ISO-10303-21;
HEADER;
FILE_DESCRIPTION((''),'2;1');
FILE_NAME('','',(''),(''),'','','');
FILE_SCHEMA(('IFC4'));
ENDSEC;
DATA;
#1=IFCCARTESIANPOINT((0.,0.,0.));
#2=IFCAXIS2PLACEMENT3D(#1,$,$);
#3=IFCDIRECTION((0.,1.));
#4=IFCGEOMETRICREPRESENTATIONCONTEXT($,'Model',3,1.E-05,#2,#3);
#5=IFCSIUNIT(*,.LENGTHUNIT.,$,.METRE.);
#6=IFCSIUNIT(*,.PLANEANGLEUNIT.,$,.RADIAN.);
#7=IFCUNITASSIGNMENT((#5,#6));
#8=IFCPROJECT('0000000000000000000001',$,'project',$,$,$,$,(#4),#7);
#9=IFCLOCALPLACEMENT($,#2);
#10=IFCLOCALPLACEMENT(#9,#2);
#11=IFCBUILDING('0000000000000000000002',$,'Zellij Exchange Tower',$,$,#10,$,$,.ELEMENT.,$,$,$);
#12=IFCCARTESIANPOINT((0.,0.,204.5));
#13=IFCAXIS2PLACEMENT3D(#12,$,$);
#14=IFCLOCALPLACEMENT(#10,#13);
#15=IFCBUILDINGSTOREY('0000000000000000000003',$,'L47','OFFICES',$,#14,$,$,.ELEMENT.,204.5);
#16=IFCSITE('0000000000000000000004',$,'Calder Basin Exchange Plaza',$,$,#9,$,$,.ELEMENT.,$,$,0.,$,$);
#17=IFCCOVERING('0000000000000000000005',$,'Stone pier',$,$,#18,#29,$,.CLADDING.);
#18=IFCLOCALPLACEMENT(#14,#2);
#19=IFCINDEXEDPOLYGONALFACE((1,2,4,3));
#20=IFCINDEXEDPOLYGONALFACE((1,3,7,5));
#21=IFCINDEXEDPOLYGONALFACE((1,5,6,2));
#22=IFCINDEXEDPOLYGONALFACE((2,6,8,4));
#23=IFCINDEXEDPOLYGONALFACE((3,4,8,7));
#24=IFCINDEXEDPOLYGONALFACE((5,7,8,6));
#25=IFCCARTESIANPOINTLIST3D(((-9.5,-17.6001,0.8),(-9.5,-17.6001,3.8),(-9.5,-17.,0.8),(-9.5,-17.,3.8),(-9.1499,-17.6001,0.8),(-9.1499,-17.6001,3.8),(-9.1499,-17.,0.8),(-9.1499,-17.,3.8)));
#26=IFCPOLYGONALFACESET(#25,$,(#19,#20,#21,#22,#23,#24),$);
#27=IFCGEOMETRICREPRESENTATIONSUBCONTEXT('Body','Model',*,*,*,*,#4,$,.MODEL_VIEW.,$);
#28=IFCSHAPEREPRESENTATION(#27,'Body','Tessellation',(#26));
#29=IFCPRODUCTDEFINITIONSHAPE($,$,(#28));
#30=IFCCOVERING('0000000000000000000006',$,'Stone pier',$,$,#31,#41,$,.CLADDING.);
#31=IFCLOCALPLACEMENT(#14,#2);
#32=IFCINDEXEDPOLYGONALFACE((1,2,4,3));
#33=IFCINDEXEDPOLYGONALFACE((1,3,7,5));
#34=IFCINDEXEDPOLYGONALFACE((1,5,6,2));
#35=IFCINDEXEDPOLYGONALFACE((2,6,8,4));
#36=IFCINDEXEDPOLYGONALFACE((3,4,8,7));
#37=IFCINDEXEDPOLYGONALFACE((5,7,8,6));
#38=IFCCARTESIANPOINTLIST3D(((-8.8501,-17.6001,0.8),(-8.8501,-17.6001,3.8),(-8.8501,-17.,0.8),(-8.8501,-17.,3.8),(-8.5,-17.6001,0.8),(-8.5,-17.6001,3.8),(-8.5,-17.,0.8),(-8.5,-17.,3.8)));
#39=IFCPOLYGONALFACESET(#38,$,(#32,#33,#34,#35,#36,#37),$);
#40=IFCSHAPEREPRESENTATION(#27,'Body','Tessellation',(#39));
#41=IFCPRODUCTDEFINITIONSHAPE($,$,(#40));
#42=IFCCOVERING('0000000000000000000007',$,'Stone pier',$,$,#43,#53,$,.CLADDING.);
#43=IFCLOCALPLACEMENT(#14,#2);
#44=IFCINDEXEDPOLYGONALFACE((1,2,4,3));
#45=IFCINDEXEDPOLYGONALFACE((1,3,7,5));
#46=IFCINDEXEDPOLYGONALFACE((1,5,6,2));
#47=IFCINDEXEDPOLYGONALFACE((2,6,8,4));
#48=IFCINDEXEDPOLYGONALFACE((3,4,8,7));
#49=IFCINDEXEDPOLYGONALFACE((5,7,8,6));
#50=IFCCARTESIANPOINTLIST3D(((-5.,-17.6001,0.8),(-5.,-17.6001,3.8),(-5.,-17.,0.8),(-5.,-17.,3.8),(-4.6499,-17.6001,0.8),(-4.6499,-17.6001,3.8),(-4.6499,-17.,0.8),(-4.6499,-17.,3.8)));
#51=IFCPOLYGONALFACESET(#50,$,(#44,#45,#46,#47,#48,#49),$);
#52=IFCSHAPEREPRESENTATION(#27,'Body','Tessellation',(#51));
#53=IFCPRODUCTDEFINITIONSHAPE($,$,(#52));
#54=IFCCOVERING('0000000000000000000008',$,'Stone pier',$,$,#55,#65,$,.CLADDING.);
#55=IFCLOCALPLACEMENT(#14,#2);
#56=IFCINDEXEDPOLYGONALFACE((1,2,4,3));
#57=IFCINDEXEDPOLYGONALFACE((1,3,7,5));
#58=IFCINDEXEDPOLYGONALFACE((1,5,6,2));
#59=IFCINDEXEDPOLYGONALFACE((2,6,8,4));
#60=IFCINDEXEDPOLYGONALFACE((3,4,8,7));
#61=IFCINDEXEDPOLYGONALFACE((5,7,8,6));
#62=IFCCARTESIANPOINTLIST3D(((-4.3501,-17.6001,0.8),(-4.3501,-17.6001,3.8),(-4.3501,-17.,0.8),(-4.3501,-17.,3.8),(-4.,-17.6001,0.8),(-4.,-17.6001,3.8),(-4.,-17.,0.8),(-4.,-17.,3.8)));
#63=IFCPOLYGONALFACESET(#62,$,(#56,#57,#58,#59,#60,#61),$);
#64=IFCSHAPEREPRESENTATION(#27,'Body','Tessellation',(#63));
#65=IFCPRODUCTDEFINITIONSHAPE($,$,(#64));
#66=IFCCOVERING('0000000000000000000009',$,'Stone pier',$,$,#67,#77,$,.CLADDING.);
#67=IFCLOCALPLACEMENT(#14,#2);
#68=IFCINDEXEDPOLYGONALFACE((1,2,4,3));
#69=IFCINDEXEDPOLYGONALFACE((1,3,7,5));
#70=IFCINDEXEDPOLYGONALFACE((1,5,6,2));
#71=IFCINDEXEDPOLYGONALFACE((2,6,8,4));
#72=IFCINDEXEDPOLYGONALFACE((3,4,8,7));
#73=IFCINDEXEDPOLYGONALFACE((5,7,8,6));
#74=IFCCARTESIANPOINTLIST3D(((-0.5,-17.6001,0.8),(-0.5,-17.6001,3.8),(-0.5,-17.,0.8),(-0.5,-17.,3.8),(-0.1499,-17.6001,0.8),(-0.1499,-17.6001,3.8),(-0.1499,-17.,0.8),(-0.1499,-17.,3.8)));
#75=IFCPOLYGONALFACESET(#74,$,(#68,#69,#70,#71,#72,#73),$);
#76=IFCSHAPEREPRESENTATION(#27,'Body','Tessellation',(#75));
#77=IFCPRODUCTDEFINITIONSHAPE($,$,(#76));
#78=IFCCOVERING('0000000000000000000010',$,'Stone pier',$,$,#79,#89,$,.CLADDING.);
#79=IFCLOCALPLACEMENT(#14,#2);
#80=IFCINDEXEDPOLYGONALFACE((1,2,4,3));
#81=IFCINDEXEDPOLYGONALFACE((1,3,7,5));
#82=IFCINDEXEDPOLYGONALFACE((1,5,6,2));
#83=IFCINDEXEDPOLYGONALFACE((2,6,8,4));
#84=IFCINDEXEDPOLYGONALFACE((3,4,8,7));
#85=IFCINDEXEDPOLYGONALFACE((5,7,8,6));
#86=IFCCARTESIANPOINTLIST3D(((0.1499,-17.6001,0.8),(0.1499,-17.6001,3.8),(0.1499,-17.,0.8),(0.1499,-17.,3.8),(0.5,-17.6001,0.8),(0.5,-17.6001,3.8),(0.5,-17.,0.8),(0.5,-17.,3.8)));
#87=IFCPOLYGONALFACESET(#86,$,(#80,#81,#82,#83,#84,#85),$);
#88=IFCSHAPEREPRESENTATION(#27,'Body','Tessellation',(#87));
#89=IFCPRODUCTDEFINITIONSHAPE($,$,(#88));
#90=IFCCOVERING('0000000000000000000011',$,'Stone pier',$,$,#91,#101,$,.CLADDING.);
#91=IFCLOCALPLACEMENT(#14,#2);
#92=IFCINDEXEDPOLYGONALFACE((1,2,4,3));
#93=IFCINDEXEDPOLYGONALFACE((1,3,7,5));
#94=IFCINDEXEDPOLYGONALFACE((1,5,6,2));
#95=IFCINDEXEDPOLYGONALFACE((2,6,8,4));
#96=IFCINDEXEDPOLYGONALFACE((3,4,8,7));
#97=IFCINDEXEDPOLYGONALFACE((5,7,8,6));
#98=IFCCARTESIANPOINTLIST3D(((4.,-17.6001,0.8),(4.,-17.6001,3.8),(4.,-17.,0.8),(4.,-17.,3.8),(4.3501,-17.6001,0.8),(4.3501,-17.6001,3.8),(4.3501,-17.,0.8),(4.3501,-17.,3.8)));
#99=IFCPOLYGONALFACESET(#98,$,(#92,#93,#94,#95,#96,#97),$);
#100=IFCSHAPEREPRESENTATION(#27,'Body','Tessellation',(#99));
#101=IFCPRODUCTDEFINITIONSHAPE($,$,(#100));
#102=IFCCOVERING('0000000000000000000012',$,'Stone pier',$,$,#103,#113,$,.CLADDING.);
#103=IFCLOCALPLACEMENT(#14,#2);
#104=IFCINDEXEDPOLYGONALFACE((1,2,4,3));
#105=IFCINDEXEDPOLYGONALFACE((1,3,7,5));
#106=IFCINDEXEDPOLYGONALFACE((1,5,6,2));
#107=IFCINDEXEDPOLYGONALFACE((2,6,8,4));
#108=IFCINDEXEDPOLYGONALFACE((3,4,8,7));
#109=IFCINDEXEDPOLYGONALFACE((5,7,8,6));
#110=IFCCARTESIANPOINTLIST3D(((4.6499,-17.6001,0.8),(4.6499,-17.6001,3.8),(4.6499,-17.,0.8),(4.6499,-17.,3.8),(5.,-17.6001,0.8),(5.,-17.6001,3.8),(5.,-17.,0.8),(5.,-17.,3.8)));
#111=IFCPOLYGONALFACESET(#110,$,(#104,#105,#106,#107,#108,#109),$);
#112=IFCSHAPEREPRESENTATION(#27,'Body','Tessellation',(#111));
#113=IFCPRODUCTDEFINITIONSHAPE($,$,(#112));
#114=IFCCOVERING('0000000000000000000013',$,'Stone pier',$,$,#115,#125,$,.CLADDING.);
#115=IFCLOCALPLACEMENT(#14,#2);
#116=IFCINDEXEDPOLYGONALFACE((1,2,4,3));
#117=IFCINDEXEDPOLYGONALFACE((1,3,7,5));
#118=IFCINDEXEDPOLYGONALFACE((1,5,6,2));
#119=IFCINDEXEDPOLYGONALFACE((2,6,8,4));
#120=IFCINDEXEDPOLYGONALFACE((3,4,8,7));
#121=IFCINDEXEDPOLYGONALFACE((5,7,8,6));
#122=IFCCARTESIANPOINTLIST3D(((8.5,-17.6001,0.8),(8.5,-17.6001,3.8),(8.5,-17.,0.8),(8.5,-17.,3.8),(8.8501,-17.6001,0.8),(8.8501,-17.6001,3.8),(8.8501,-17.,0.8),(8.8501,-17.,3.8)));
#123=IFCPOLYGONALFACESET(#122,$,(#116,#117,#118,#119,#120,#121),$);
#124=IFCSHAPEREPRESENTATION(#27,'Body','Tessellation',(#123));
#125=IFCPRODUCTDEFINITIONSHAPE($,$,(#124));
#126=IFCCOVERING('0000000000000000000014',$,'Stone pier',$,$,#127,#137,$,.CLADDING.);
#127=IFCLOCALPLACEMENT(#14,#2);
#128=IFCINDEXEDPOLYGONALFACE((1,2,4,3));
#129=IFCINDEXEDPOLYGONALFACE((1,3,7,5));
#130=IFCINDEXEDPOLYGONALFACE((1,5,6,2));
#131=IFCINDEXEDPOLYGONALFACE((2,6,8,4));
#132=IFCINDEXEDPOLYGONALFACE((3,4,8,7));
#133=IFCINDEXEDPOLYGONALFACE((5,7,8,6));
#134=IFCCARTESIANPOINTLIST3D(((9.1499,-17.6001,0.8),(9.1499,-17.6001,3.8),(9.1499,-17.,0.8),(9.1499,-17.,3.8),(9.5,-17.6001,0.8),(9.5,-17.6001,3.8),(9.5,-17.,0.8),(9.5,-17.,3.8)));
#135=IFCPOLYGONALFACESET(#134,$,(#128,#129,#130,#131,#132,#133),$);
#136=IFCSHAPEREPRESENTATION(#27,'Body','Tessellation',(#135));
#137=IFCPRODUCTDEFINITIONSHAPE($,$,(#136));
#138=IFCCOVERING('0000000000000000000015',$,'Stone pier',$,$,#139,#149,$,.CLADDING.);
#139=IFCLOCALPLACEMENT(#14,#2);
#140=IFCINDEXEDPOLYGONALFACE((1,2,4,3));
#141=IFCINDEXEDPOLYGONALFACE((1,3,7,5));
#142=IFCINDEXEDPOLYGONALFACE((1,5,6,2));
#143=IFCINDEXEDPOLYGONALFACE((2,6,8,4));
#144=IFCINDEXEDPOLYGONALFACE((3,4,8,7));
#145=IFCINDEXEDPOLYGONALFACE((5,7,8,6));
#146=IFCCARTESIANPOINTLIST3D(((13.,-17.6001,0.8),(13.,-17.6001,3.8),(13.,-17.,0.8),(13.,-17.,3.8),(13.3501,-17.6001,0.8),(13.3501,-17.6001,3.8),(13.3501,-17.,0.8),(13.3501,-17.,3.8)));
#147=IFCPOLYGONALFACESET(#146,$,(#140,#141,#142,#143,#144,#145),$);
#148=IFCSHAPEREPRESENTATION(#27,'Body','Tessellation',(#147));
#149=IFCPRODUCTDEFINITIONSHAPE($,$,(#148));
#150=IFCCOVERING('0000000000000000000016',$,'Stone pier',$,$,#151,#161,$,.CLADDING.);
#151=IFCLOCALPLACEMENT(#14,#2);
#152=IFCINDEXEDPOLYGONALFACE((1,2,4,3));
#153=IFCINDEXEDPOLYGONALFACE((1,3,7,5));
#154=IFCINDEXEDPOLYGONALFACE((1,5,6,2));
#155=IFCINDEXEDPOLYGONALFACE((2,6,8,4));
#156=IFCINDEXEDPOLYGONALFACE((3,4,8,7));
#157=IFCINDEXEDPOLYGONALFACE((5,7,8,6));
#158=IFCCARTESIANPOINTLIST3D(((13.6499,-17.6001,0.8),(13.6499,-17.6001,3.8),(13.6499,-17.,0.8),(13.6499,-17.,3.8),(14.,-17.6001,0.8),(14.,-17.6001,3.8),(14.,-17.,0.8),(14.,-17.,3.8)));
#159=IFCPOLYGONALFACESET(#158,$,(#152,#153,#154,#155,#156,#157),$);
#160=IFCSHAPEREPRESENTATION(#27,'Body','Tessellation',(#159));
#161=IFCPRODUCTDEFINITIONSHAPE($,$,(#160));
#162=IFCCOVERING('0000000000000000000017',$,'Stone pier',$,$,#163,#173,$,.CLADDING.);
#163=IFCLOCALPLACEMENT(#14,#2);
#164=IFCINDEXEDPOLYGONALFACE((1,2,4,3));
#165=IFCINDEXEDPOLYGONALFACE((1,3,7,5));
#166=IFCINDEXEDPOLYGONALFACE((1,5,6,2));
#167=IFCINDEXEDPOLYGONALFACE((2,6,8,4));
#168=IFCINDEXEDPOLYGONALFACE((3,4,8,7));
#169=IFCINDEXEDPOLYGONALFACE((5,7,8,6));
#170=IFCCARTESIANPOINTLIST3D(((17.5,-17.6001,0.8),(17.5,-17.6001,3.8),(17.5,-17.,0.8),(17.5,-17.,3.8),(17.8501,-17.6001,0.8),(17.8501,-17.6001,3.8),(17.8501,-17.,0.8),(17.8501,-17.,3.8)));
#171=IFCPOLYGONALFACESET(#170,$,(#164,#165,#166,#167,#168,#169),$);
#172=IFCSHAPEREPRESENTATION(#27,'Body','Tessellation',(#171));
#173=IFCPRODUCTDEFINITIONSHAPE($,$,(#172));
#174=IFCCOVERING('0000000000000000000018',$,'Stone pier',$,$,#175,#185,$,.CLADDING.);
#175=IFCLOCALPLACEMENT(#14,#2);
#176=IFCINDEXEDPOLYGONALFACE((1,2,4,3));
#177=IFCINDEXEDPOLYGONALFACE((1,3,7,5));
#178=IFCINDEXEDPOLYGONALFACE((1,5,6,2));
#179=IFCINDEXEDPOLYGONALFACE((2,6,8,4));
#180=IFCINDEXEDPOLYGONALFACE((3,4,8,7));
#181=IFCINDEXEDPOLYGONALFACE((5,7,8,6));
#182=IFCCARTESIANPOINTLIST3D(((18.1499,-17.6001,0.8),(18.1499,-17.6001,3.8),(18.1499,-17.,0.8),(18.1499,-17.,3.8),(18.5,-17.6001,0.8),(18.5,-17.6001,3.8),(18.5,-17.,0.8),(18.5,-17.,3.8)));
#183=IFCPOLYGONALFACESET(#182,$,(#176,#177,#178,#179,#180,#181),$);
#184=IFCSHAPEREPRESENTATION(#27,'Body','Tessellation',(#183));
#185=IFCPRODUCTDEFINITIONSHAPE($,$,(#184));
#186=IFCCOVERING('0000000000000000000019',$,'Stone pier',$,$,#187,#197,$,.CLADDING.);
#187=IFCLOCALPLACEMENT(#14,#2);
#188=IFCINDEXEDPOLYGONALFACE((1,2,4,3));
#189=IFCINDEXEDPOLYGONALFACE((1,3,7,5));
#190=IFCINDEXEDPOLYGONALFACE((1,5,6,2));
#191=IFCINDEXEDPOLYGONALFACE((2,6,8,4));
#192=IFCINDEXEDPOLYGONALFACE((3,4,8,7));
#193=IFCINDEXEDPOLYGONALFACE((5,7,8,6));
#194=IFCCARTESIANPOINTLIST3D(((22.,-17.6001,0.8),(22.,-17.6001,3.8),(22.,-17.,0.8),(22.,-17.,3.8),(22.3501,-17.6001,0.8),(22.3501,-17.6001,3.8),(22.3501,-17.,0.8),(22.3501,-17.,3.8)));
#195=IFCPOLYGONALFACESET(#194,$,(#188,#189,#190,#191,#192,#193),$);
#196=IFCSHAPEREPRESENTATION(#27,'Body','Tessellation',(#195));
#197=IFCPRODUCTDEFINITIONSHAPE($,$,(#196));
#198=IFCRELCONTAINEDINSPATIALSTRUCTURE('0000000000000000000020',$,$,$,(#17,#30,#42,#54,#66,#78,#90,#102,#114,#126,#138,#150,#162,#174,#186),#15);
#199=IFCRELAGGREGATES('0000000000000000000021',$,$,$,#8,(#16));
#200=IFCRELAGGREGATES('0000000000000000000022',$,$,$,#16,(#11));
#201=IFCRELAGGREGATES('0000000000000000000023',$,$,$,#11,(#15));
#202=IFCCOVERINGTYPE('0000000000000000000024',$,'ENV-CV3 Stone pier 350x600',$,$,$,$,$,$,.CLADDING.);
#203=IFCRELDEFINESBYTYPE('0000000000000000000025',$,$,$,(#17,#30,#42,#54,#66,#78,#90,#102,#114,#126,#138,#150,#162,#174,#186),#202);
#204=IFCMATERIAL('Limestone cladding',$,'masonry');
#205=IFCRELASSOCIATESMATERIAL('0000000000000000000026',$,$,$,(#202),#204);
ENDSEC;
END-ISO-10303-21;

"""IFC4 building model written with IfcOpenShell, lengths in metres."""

from ifc_helpers import new_model, si_unit, direction, frame, origin, place, context, subcontext, project, spatial, polyline, outline, extrude, material, type_object, element, save


model = new_model("IFC4")

# Units and contexts
model_context = context("Model", 3, precision=1e-05, world=origin(), true_north=direction((0.0, 1.0)))
body_context = subcontext(model_context, "Body", "Model", "MODEL_VIEW")
ifc_project = project(units=[si_unit("LENGTHUNIT", "METRE"), si_unit("PLANEANGLEUNIT", "RADIAN")], contexts=[model_context])

# Site, building, storey
site_placement = place(None, origin())
site = spatial("IfcSite", under=ifc_project, at=site_placement, Name="Calder Basin Exchange Plaza", CompositionType="ELEMENT", RefElevation=0.0)
building_placement = place(site_placement, origin())
building = spatial("IfcBuilding", under=site, at=building_placement, Name="Zellij Exchange Tower", CompositionType="ELEMENT")
storey_placement = place(building_placement, frame((0.0, 0.0, 204.5)))
storey = spatial("IfcBuildingStorey", under=building, at=storey_placement, Name="L47", Description="OFFICES", CompositionType="ELEMENT", Elevation=204.5)

# Coverings
ifc_material_1 = material(Name="Limestone cladding", Category="masonry")
covering_type = type_object("IfcCoveringType", Name="ENV-CV3 Stone pier 350x600", PredefinedType="CLADDING", material=ifc_material_1)
covering_1_placement = place(storey_placement, frame((0.0, 0.0, 0.8)))
element("IfcCovering", 1, at=covering_1_placement, inside=storey, type_object=covering_type, Name="Stone pier", PredefinedType="CLADDING", context=body_context, shape_type="SweptSolid", body=[
    extrude(outline(polyline([(-9.5, -17.0), (-9.1499, -17.0), (-9.1499, -17.6001), (-9.5, -17.6001), (-9.5, -17.0)])), origin(), (0.0, 0.0, 1.0), 3.0),
])
covering_2_placement = place(storey_placement, frame((0.0, 0.0, 0.8)))
element("IfcCovering", 2, at=covering_2_placement, inside=storey, type_object=covering_type, Name="Stone pier", PredefinedType="CLADDING", context=body_context, shape_type="SweptSolid", body=[
    extrude(outline(polyline([(-8.8501, -17.0), (-8.5, -17.0), (-8.5, -17.6001), (-8.8501, -17.6001), (-8.8501, -17.0)])), origin(), (0.0, 0.0, 1.0), 3.0),
])
covering_3_placement = place(storey_placement, frame((0.0, 0.0, 0.8)))
element("IfcCovering", 3, at=covering_3_placement, inside=storey, type_object=covering_type, Name="Stone pier", PredefinedType="CLADDING", context=body_context, shape_type="SweptSolid", body=[
    extrude(outline(polyline([(-5.0, -17.0), (-4.6499, -17.0), (-4.6499, -17.6001), (-5.0, -17.6001), (-5.0, -17.0)])), origin(), (0.0, 0.0, 1.0), 3.0),
])
covering_4_placement = place(storey_placement, frame((0.0, 0.0, 0.8)))
element("IfcCovering", 4, at=covering_4_placement, inside=storey, type_object=covering_type, Name="Stone pier", PredefinedType="CLADDING", context=body_context, shape_type="SweptSolid", body=[
    extrude(outline(polyline([(-4.3501, -17.0), (-4.0, -17.0), (-4.0, -17.6001), (-4.3501, -17.6001), (-4.3501, -17.0)])), origin(), (0.0, 0.0, 1.0), 3.0),
])
covering_5_placement = place(storey_placement, frame((0.0, 0.0, 0.8)))
element("IfcCovering", 5, at=covering_5_placement, inside=storey, type_object=covering_type, Name="Stone pier", PredefinedType="CLADDING", context=body_context, shape_type="SweptSolid", body=[
    extrude(outline(polyline([(-0.5, -17.0), (-0.1499, -17.0), (-0.1499, -17.6001), (-0.5, -17.6001), (-0.5, -17.0)])), origin(), (0.0, 0.0, 1.0), 3.0),
])
covering_6_placement = place(storey_placement, frame((0.0, 0.0, 0.8)))
element("IfcCovering", 6, at=covering_6_placement, inside=storey, type_object=covering_type, Name="Stone pier", PredefinedType="CLADDING", context=body_context, shape_type="SweptSolid", body=[
    extrude(outline(polyline([(0.1499, -17.0), (0.5, -17.0), (0.5, -17.6001), (0.1499, -17.6001), (0.1499, -17.0)])), origin(), (0.0, 0.0, 1.0), 3.0),
])
covering_7_placement = place(storey_placement, frame((0.0, 0.0, 0.8)))
element("IfcCovering", 7, at=covering_7_placement, inside=storey, type_object=covering_type, Name="Stone pier", PredefinedType="CLADDING", context=body_context, shape_type="SweptSolid", body=[
    extrude(outline(polyline([(4.0, -17.0), (4.3501, -17.0), (4.3501, -17.6001), (4.0, -17.6001), (4.0, -17.0)])), origin(), (0.0, 0.0, 1.0), 3.0),
])
covering_8_placement = place(storey_placement, frame((0.0, 0.0, 0.8)))
element("IfcCovering", 8, at=covering_8_placement, inside=storey, type_object=covering_type, Name="Stone pier", PredefinedType="CLADDING", context=body_context, shape_type="SweptSolid", body=[
    extrude(outline(polyline([(4.6499, -17.0), (5.0, -17.0), (5.0, -17.6001), (4.6499, -17.6001), (4.6499, -17.0)])), origin(), (0.0, 0.0, 1.0), 3.0),
])
covering_9_placement = place(storey_placement, frame((0.0, 0.0, 0.8)))
element("IfcCovering", 9, at=covering_9_placement, inside=storey, type_object=covering_type, Name="Stone pier", PredefinedType="CLADDING", context=body_context, shape_type="SweptSolid", body=[
    extrude(outline(polyline([(8.5, -17.0), (8.8501, -17.0), (8.8501, -17.6001), (8.5, -17.6001), (8.5, -17.0)])), origin(), (0.0, 0.0, 1.0), 3.0),
])
covering_10_placement = place(storey_placement, frame((0.0, 0.0, 0.8)))
element("IfcCovering", 10, at=covering_10_placement, inside=storey, type_object=covering_type, Name="Stone pier", PredefinedType="CLADDING", context=body_context, shape_type="SweptSolid", body=[
    extrude(outline(polyline([(9.1499, -17.0), (9.5, -17.0), (9.5, -17.6001), (9.1499, -17.6001), (9.1499, -17.0)])), origin(), (0.0, 0.0, 1.0), 3.0),
])
covering_11_placement = place(storey_placement, frame((0.0, 0.0, 0.8)))
element("IfcCovering", 11, at=covering_11_placement, inside=storey, type_object=covering_type, Name="Stone pier", PredefinedType="CLADDING", context=body_context, shape_type="SweptSolid", body=[
    extrude(outline(polyline([(13.0, -17.0), (13.3501, -17.0), (13.3501, -17.6001), (13.0, -17.6001), (13.0, -17.0)])), origin(), (0.0, 0.0, 1.0), 3.0),
])
covering_12_placement = place(storey_placement, frame((0.0, 0.0, 0.8)))
element("IfcCovering", 12, at=covering_12_placement, inside=storey, type_object=covering_type, Name="Stone pier", PredefinedType="CLADDING", context=body_context, shape_type="SweptSolid", body=[
    extrude(outline(polyline([(13.6499, -17.0), (14.0, -17.0), (14.0, -17.6001), (13.6499, -17.6001), (13.6499, -17.0)])), origin(), (0.0, 0.0, 1.0), 3.0),
])
covering_13_placement = place(storey_placement, frame((0.0, 0.0, 0.8)))
element("IfcCovering", 13, at=covering_13_placement, inside=storey, type_object=covering_type, Name="Stone pier", PredefinedType="CLADDING", context=body_context, shape_type="SweptSolid", body=[
    extrude(outline(polyline([(17.5, -17.0), (17.8501, -17.0), (17.8501, -17.6001), (17.5, -17.6001), (17.5, -17.0)])), origin(), (0.0, 0.0, 1.0), 3.0),
])
covering_14_placement = place(storey_placement, frame((0.0, 0.0, 0.8)))
element("IfcCovering", 14, at=covering_14_placement, inside=storey, type_object=covering_type, Name="Stone pier", PredefinedType="CLADDING", context=body_context, shape_type="SweptSolid", body=[
    extrude(outline(polyline([(18.1499, -17.0), (18.5, -17.0), (18.5, -17.6001), (18.1499, -17.6001), (18.1499, -17.0)])), origin(), (0.0, 0.0, 1.0), 3.0),
])
covering_15_placement = place(storey_placement, frame((0.0, 0.0, 0.8)))
element("IfcCovering", 15, at=covering_15_placement, inside=storey, type_object=covering_type, Name="Stone pier", PredefinedType="CLADDING", context=body_context, shape_type="SweptSolid", body=[
    extrude(outline(polyline([(22.0, -17.0), (22.3501, -17.0), (22.3501, -17.6001), (22.0, -17.6001), (22.0, -17.0)])), origin(), (0.0, 0.0, 1.0), 3.0),
])

save(model, "model.ifc")
